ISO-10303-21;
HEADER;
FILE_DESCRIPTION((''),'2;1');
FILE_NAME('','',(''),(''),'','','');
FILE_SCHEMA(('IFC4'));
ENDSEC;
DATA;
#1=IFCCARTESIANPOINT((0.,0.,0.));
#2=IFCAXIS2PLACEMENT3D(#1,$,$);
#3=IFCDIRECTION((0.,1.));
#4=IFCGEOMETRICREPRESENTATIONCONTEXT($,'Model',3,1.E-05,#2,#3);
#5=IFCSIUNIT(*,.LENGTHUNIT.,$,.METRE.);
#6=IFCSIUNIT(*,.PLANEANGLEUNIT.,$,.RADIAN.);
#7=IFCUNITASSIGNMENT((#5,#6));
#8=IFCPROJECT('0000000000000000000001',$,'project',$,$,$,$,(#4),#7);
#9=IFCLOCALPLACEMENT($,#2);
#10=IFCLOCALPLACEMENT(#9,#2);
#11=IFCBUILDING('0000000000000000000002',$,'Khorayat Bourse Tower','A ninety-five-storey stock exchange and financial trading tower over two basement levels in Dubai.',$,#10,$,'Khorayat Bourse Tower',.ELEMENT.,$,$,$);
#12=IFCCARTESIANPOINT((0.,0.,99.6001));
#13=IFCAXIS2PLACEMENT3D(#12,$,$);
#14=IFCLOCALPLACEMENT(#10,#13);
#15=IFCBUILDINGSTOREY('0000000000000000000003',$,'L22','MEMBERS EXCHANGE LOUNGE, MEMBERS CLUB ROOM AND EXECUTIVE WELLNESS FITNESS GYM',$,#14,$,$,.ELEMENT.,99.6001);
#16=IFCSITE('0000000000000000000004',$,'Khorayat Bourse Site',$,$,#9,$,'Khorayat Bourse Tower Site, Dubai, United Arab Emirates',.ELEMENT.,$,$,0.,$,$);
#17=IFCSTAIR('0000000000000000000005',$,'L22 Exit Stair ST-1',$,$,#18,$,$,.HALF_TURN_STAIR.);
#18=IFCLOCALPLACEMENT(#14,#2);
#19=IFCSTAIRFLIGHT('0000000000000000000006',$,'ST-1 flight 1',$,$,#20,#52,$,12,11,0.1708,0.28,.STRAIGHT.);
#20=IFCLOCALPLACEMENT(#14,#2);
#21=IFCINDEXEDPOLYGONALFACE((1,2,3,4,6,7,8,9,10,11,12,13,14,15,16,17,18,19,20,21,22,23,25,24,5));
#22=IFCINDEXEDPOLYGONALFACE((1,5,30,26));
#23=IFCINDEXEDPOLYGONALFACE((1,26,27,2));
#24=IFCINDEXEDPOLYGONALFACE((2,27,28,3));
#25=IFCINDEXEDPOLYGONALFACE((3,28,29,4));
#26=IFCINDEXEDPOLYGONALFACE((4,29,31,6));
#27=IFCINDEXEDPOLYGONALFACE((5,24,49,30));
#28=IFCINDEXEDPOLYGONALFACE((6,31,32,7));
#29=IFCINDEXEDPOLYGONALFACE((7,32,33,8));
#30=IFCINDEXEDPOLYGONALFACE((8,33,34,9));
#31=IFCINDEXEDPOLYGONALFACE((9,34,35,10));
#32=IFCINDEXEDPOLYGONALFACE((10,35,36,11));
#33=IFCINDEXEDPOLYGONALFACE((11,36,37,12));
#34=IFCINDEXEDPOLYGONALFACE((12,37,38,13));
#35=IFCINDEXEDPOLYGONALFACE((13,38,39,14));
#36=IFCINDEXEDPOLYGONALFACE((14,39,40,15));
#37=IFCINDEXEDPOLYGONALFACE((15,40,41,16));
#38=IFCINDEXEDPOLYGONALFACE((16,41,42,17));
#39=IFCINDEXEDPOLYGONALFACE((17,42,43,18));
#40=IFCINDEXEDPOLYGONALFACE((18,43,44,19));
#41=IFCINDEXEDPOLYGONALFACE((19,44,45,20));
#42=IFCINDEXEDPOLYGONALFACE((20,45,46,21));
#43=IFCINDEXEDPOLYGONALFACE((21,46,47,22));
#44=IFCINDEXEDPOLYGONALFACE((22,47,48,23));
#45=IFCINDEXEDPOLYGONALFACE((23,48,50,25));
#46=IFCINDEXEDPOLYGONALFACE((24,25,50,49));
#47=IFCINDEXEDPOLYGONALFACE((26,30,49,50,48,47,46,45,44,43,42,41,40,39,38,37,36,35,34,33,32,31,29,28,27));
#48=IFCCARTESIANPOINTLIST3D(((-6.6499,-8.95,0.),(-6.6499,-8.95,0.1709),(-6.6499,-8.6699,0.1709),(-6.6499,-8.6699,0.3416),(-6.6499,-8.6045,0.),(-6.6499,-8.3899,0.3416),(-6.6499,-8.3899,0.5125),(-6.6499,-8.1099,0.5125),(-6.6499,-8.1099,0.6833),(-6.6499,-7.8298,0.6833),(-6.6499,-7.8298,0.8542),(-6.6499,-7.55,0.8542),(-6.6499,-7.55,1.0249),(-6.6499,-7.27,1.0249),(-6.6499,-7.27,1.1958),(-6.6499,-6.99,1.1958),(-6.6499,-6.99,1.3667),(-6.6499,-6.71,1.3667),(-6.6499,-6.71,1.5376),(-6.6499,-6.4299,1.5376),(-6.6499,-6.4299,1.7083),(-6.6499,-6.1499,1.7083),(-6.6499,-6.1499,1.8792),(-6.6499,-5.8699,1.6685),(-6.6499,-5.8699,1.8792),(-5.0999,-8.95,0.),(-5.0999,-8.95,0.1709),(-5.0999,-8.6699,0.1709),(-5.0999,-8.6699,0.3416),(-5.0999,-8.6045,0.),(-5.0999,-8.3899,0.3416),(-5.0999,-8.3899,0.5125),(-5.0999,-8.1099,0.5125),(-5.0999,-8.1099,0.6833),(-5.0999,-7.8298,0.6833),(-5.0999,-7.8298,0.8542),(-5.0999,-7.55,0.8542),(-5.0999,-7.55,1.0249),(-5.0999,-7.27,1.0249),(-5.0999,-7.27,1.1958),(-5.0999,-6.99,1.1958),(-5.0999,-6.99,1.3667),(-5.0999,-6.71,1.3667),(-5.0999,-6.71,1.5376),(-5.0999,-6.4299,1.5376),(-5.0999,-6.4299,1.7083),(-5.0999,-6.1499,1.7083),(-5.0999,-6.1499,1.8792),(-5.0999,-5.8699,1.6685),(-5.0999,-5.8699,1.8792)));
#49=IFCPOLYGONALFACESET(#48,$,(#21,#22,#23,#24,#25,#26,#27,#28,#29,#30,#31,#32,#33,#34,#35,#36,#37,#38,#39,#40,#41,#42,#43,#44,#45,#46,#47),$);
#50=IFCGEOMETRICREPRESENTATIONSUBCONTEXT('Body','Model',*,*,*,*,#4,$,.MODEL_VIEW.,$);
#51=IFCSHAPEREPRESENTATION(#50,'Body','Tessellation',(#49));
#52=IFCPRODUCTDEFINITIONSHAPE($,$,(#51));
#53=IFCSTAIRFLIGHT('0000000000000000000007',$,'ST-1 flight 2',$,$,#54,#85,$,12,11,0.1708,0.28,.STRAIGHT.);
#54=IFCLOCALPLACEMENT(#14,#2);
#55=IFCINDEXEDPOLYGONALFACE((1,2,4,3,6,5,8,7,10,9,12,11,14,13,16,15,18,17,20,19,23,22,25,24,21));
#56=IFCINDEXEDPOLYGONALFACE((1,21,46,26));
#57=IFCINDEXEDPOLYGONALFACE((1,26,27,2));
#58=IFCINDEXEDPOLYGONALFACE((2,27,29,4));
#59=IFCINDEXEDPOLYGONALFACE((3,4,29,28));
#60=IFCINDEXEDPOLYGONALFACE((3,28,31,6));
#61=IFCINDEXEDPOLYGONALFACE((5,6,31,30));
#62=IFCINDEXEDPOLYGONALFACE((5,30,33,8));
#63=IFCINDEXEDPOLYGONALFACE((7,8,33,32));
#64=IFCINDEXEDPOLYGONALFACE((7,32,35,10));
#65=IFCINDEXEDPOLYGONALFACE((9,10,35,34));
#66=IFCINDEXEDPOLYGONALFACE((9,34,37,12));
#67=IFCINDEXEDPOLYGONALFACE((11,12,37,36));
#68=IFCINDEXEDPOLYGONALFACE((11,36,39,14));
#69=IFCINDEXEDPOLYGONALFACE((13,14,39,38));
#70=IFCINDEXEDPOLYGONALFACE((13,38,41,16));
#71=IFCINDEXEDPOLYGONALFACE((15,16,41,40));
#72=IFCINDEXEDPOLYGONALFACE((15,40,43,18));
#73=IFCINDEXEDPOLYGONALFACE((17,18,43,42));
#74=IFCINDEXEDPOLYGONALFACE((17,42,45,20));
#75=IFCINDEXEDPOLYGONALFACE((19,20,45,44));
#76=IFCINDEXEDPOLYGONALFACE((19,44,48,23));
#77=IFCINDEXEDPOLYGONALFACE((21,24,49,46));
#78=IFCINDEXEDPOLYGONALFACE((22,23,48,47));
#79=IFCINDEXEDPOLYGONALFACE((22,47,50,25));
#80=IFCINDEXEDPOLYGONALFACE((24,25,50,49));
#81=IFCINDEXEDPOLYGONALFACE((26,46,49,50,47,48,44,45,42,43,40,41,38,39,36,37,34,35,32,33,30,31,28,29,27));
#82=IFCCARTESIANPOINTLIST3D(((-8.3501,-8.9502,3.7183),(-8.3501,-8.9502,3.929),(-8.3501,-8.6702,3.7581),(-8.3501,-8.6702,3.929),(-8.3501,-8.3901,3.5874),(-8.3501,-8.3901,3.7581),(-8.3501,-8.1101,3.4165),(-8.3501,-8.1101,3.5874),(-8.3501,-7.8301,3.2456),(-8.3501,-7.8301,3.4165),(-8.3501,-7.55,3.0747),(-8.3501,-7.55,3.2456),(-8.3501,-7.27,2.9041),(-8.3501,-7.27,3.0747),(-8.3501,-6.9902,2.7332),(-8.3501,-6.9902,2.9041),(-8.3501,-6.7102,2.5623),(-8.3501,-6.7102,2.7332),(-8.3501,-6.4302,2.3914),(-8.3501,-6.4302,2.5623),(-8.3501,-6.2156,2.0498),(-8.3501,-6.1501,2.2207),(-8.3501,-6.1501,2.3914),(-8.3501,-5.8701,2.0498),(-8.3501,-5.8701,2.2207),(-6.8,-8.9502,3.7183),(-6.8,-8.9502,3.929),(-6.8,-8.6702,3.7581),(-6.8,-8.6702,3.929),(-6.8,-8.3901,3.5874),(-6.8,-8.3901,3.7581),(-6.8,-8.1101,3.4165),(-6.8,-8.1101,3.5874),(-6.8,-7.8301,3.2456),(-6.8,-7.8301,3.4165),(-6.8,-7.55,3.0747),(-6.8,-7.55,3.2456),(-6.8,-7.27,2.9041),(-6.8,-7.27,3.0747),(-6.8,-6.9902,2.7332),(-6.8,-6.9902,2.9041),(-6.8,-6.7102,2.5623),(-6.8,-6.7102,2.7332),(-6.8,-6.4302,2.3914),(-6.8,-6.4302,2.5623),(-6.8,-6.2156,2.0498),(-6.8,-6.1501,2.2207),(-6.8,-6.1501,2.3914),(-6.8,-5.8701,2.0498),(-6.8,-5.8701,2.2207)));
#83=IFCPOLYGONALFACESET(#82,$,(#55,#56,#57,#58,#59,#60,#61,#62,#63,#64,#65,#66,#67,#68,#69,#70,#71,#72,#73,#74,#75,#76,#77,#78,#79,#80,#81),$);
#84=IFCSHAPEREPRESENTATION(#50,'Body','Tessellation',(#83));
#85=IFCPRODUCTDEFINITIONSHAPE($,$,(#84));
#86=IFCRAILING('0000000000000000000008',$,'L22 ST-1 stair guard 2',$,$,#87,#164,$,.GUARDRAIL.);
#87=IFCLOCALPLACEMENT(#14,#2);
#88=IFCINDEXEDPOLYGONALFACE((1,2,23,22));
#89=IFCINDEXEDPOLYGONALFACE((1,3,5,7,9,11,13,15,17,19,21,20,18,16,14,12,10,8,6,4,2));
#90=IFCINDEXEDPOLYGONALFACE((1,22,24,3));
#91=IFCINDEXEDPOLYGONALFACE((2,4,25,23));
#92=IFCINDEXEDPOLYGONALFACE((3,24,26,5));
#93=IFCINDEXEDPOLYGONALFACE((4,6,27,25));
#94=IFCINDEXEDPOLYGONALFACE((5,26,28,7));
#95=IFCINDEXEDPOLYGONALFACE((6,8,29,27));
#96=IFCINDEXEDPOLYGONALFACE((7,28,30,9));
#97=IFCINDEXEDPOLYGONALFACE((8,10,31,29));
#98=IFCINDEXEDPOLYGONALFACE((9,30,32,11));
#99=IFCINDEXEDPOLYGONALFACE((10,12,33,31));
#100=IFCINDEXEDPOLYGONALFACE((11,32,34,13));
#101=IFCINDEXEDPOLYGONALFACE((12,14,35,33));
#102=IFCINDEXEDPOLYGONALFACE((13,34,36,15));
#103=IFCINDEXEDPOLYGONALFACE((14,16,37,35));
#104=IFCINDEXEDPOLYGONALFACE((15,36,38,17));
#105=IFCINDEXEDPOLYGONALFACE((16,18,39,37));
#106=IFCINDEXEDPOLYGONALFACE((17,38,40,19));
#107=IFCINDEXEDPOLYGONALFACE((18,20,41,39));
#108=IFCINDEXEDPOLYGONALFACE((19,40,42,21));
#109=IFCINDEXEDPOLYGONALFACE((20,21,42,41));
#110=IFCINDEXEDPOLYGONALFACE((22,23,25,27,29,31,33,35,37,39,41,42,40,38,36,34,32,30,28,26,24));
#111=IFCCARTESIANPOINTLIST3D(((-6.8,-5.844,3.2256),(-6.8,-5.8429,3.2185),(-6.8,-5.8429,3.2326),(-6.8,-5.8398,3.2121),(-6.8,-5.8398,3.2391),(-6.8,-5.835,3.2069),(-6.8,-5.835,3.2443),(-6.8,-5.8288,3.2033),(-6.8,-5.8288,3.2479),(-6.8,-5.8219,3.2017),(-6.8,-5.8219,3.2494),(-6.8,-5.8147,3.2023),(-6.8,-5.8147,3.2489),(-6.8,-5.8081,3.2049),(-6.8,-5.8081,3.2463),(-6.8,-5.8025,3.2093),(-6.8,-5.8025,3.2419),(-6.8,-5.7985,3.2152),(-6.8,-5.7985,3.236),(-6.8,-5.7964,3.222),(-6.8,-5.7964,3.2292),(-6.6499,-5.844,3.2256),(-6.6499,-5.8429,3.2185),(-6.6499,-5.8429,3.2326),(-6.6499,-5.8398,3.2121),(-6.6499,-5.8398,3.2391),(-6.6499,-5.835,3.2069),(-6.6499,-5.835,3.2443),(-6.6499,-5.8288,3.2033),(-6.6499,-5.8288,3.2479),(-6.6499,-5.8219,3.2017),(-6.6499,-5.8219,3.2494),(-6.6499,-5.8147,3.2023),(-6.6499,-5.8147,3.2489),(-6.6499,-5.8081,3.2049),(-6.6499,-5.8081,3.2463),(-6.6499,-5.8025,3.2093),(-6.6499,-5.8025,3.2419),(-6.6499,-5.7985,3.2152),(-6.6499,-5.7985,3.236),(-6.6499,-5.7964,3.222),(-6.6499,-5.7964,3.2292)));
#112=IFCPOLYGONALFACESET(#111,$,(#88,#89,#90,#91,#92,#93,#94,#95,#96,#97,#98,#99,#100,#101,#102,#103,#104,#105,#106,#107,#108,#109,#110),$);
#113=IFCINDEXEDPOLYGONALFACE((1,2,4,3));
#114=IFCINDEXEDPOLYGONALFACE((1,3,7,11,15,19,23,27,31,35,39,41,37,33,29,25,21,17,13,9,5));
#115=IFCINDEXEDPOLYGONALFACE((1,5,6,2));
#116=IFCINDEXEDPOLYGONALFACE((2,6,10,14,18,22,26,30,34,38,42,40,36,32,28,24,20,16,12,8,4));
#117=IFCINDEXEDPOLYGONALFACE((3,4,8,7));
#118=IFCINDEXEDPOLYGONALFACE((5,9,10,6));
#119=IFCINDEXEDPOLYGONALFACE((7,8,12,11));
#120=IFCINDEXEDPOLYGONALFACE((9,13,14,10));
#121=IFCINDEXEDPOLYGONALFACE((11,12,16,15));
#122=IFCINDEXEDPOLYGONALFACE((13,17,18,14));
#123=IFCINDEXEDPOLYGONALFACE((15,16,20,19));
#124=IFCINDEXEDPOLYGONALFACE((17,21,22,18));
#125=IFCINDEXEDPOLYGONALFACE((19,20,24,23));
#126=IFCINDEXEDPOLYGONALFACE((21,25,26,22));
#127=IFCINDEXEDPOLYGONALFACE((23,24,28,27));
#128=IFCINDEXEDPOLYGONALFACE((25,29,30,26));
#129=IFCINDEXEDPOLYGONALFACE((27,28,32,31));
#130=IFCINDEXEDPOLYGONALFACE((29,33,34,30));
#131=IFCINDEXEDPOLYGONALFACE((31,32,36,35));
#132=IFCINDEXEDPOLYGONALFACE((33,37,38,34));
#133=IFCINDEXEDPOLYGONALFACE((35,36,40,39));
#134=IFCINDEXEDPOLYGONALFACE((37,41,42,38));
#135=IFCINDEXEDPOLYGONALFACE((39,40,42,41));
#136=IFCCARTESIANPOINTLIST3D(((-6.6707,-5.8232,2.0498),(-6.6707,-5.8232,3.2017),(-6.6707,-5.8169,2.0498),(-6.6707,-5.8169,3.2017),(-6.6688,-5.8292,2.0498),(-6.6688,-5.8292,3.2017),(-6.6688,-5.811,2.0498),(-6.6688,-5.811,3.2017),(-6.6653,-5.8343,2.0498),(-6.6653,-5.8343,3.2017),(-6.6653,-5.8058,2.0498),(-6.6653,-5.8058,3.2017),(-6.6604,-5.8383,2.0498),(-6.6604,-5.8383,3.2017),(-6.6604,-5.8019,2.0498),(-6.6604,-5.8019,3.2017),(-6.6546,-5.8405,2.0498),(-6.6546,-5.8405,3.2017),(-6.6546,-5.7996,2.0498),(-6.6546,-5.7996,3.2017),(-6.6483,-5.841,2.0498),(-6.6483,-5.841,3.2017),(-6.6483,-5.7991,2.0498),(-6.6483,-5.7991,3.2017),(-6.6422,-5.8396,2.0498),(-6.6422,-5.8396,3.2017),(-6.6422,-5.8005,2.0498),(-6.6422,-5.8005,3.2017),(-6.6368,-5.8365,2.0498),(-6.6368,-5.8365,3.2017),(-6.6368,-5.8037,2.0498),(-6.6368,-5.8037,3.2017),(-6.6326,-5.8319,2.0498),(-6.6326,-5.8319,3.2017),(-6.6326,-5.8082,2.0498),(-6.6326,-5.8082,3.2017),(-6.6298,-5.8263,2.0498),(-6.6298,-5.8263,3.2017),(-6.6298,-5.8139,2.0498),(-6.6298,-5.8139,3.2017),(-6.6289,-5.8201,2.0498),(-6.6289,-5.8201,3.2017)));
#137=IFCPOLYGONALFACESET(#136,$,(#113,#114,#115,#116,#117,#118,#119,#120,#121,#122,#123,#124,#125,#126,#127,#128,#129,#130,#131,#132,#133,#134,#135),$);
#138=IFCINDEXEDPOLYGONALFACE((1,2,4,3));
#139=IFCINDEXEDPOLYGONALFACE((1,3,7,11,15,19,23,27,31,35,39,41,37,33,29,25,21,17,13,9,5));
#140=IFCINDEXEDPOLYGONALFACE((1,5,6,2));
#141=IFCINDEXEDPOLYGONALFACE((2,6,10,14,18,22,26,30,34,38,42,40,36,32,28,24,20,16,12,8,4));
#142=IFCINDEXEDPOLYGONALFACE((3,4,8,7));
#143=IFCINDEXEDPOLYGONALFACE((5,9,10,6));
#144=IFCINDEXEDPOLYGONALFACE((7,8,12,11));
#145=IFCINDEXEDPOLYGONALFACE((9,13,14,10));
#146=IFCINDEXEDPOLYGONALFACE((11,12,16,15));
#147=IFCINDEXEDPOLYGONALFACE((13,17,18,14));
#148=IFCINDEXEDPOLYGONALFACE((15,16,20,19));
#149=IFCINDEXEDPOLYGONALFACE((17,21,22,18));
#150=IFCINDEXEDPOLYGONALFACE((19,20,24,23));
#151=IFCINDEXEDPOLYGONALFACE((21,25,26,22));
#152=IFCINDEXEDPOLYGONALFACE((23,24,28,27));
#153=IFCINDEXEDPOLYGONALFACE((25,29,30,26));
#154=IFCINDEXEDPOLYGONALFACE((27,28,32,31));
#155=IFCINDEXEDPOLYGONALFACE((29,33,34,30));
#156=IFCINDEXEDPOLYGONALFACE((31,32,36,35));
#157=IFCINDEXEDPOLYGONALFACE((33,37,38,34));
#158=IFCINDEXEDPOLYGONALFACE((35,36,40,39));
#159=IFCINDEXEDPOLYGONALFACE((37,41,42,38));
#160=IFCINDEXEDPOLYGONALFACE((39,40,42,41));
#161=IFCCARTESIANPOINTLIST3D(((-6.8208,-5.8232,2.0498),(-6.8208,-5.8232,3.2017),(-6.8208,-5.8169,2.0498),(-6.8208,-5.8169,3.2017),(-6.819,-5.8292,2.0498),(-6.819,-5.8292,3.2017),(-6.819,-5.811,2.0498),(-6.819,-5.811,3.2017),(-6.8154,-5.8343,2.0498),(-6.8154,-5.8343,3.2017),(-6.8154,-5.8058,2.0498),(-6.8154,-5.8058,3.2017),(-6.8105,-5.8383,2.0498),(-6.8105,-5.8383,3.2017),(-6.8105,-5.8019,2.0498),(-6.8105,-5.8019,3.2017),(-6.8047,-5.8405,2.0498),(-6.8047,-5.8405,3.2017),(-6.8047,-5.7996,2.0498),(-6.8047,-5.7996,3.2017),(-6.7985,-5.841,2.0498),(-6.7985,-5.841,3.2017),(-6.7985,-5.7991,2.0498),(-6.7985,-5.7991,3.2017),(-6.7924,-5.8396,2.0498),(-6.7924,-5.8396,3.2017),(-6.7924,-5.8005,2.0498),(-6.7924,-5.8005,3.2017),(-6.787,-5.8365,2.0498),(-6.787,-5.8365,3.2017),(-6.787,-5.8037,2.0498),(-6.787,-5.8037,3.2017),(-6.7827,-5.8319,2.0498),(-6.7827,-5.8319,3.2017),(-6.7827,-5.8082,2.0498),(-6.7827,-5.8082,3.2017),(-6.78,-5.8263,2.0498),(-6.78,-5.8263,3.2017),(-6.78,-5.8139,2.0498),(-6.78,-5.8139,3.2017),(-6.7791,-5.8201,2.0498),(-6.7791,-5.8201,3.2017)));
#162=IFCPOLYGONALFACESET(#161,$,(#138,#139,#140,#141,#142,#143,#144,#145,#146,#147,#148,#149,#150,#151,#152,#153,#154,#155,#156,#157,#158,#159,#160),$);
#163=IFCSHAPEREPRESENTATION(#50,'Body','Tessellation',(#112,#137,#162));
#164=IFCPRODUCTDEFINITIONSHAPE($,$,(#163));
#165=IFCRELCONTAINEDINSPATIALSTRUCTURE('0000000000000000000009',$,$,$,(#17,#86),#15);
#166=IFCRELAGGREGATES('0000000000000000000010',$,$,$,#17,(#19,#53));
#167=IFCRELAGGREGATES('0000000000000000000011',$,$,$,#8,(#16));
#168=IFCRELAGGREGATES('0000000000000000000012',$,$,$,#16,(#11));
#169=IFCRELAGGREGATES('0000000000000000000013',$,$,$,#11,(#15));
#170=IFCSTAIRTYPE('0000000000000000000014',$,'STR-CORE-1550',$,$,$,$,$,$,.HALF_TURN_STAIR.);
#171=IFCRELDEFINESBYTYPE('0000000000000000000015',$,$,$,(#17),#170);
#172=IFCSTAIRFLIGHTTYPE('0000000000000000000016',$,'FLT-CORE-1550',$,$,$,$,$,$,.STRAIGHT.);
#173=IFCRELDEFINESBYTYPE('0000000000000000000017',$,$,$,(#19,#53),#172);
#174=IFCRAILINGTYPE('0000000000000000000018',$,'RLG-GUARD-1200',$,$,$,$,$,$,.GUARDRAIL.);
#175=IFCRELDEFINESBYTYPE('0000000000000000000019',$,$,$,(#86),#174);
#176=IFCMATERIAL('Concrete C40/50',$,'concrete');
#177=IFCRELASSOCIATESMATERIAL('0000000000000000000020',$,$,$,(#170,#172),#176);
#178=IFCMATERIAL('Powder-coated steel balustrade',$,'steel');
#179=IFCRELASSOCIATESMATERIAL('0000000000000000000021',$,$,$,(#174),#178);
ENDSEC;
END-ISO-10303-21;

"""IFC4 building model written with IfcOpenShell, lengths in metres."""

from ifc_helpers import new_model, si_unit, direction, frame, origin, origin_2d, place, context, subcontext, project, spatial, polyline, circle, outline, extrude, source, transform, mapped, material, type_object, element, aggregate, save


model = new_model("IFC4")

# Units and contexts
model_context = context("Model", 3, precision=1e-05, world=origin(), true_north=direction((0.0, 1.0)))
body_context = subcontext(model_context, "Body", "Model", "MODEL_VIEW")
ifc_project = project(units=[si_unit("LENGTHUNIT", "METRE"), si_unit("PLANEANGLEUNIT", "RADIAN")], contexts=[model_context])

# Site, building, storey
site_placement = place(None, origin())
site = spatial("IfcSite", under=ifc_project, at=site_placement, Name="Khorayat Bourse Site", LongName="Khorayat Bourse Tower Site, Dubai, United Arab Emirates", CompositionType="ELEMENT", RefElevation=0.0)
building_placement = place(site_placement, origin())
building = spatial("IfcBuilding", under=site, at=building_placement, Name="Khorayat Bourse Tower", Description="A ninety-five-storey stock exchange and financial trading tower over two basement levels in Dubai.", LongName="Khorayat Bourse Tower", CompositionType="ELEMENT")
storey_placement = place(building_placement, frame((0.0, 0.0, 99.6001)))
storey = spatial("IfcBuildingStorey", under=building, at=storey_placement, Name="L22", Description="MEMBERS EXCHANGE LOUNGE, MEMBERS CLUB ROOM AND EXECUTIVE WELLNESS FITNESS GYM", CompositionType="ELEMENT", Elevation=99.6001)

# Stair, stair flights
ifc_material_1 = material(Name="Concrete C40/50", Category="concrete")
stair_type = type_object("IfcStairType", Name="STR-CORE-1550", PredefinedType="HALF_TURN_STAIR", material=ifc_material_1)
stair_placement = place(storey_placement, origin())
stair = element("IfcStair", 1, at=stair_placement, inside=storey, type_object=stair_type, Name="L22 Exit Stair ST-1", PredefinedType="HALF_TURN_STAIR")
stair_flight_type = type_object("IfcStairFlightType", Name="FLT-CORE-1550", PredefinedType="STRAIGHT", material=ifc_material_1)
shared_shape_1 = source(origin(), body_context, "Body", "SweptSolid", [
    extrude(outline(polyline([(0.0, 0.0), (0.0, 0.1709), (0.28, 0.1709), (0.28, 0.3416), (0.5601, 0.3416), (0.5601, 0.5125), (0.8401, 0.5125), (0.8401, 0.6833), (1.1201, 0.6833), (1.1201, 0.8542), (1.3999, 0.8542), (1.3999, 1.0249), (1.6799, 1.0249), (1.6799, 1.1958), (1.96, 1.1958), (1.96, 1.3667), (2.24, 1.3667), (2.24, 1.5376), (2.52, 1.5376), (2.52, 1.7083), (2.8, 1.7083), (2.8, 1.8792), (3.0801, 1.8792), (3.0801, 2.05), (3.0801, 1.6685), (0.3455, 0.0), (0.0, 0.0)])), frame((0.0, 0.7749, 0.0), z_axis=(0.0, -1.0, 0.0), x_axis=(1.0, 0.0, 0.0)), (0.0, 0.0, 1.0), 1.55),
])
stair_flight_1_placement = place(storey_placement, frame((-5.875, -8.95, 0.0), z_axis=(0.0, 0.0, 1.0), x_axis=(0.0, 1.0, 0.0)))
stair_flight_1 = element("IfcStairFlight", 2, at=stair_flight_1_placement, type_object=stair_flight_type, Name="ST-1 flight 1", NumberOfRisers=12, NumberOfTreads=11, PredefinedType="STRAIGHT", RiserHeight=0.1708, TreadLength=0.28, context=body_context, shape_type="MappedRepresentation", body=[
    mapped(shared_shape_1, transform((0.0, 0.0, 0.0), scale=1.0)),
])
stair_flight_2_placement = place(storey_placement, frame((-7.575, -5.8701, 2.0498), z_axis=(0.0, 0.0, 1.0), x_axis=(0.0, -1.0, 0.0)))
stair_flight_2 = element("IfcStairFlight", 3, at=stair_flight_2_placement, type_object=stair_flight_type, Name="ST-1 flight 2", NumberOfRisers=12, NumberOfTreads=11, PredefinedType="STRAIGHT", RiserHeight=0.1708, TreadLength=0.28, context=body_context, shape_type="MappedRepresentation", body=[
    mapped(shared_shape_1, transform((0.0, 0.0, 0.0), scale=1.0)),
])
aggregate(stair, [stair_flight_1, stair_flight_2])

# Railing
ifc_material_2 = material(Name="Powder-coated steel balustrade", Category="steel")
railing_type_1 = type_object("IfcRailingType", Name="RLG-GUARD-1200", PredefinedType="GUARDRAIL", material=ifc_material_2)
shared_shape_2 = source(origin(), body_context, "Body", "SweptSolid", [
    extrude(circle(Radius=0.0239, at=origin_2d()), frame((0.0, 0.0, 1.1758), z_axis=(-1.0, 0.0, 0.0), x_axis=(0.0, -1.0, 0.0)), (0.0, 0.0, 1.0), 0.1501),
    extrude(circle(Radius=0.021, at=origin_2d()), origin(), (0.0, 0.0, 1.0), 1.1519),
    extrude(circle(Radius=0.021, at=origin_2d()), frame((-0.1501, 0.0, 0.0)), (0.0, 0.0, 1.0), 1.1519),
])
for number, where, name in (
    (4, (-6.6499, -5.8201, 2.0498), "L22 ST-1 stair guard 2"),
):
    element("IfcRailing", number, at=place(storey_placement, frame(where)), inside=storey, type_object=railing_type_1, Name=name, PredefinedType="GUARDRAIL", context=body_context, shape_type="MappedRepresentation", body=[
        mapped(shared_shape_2, transform((0.0, 0.0, 0.0), scale=1.0)),
    ])

save(model, "model.ifc")
